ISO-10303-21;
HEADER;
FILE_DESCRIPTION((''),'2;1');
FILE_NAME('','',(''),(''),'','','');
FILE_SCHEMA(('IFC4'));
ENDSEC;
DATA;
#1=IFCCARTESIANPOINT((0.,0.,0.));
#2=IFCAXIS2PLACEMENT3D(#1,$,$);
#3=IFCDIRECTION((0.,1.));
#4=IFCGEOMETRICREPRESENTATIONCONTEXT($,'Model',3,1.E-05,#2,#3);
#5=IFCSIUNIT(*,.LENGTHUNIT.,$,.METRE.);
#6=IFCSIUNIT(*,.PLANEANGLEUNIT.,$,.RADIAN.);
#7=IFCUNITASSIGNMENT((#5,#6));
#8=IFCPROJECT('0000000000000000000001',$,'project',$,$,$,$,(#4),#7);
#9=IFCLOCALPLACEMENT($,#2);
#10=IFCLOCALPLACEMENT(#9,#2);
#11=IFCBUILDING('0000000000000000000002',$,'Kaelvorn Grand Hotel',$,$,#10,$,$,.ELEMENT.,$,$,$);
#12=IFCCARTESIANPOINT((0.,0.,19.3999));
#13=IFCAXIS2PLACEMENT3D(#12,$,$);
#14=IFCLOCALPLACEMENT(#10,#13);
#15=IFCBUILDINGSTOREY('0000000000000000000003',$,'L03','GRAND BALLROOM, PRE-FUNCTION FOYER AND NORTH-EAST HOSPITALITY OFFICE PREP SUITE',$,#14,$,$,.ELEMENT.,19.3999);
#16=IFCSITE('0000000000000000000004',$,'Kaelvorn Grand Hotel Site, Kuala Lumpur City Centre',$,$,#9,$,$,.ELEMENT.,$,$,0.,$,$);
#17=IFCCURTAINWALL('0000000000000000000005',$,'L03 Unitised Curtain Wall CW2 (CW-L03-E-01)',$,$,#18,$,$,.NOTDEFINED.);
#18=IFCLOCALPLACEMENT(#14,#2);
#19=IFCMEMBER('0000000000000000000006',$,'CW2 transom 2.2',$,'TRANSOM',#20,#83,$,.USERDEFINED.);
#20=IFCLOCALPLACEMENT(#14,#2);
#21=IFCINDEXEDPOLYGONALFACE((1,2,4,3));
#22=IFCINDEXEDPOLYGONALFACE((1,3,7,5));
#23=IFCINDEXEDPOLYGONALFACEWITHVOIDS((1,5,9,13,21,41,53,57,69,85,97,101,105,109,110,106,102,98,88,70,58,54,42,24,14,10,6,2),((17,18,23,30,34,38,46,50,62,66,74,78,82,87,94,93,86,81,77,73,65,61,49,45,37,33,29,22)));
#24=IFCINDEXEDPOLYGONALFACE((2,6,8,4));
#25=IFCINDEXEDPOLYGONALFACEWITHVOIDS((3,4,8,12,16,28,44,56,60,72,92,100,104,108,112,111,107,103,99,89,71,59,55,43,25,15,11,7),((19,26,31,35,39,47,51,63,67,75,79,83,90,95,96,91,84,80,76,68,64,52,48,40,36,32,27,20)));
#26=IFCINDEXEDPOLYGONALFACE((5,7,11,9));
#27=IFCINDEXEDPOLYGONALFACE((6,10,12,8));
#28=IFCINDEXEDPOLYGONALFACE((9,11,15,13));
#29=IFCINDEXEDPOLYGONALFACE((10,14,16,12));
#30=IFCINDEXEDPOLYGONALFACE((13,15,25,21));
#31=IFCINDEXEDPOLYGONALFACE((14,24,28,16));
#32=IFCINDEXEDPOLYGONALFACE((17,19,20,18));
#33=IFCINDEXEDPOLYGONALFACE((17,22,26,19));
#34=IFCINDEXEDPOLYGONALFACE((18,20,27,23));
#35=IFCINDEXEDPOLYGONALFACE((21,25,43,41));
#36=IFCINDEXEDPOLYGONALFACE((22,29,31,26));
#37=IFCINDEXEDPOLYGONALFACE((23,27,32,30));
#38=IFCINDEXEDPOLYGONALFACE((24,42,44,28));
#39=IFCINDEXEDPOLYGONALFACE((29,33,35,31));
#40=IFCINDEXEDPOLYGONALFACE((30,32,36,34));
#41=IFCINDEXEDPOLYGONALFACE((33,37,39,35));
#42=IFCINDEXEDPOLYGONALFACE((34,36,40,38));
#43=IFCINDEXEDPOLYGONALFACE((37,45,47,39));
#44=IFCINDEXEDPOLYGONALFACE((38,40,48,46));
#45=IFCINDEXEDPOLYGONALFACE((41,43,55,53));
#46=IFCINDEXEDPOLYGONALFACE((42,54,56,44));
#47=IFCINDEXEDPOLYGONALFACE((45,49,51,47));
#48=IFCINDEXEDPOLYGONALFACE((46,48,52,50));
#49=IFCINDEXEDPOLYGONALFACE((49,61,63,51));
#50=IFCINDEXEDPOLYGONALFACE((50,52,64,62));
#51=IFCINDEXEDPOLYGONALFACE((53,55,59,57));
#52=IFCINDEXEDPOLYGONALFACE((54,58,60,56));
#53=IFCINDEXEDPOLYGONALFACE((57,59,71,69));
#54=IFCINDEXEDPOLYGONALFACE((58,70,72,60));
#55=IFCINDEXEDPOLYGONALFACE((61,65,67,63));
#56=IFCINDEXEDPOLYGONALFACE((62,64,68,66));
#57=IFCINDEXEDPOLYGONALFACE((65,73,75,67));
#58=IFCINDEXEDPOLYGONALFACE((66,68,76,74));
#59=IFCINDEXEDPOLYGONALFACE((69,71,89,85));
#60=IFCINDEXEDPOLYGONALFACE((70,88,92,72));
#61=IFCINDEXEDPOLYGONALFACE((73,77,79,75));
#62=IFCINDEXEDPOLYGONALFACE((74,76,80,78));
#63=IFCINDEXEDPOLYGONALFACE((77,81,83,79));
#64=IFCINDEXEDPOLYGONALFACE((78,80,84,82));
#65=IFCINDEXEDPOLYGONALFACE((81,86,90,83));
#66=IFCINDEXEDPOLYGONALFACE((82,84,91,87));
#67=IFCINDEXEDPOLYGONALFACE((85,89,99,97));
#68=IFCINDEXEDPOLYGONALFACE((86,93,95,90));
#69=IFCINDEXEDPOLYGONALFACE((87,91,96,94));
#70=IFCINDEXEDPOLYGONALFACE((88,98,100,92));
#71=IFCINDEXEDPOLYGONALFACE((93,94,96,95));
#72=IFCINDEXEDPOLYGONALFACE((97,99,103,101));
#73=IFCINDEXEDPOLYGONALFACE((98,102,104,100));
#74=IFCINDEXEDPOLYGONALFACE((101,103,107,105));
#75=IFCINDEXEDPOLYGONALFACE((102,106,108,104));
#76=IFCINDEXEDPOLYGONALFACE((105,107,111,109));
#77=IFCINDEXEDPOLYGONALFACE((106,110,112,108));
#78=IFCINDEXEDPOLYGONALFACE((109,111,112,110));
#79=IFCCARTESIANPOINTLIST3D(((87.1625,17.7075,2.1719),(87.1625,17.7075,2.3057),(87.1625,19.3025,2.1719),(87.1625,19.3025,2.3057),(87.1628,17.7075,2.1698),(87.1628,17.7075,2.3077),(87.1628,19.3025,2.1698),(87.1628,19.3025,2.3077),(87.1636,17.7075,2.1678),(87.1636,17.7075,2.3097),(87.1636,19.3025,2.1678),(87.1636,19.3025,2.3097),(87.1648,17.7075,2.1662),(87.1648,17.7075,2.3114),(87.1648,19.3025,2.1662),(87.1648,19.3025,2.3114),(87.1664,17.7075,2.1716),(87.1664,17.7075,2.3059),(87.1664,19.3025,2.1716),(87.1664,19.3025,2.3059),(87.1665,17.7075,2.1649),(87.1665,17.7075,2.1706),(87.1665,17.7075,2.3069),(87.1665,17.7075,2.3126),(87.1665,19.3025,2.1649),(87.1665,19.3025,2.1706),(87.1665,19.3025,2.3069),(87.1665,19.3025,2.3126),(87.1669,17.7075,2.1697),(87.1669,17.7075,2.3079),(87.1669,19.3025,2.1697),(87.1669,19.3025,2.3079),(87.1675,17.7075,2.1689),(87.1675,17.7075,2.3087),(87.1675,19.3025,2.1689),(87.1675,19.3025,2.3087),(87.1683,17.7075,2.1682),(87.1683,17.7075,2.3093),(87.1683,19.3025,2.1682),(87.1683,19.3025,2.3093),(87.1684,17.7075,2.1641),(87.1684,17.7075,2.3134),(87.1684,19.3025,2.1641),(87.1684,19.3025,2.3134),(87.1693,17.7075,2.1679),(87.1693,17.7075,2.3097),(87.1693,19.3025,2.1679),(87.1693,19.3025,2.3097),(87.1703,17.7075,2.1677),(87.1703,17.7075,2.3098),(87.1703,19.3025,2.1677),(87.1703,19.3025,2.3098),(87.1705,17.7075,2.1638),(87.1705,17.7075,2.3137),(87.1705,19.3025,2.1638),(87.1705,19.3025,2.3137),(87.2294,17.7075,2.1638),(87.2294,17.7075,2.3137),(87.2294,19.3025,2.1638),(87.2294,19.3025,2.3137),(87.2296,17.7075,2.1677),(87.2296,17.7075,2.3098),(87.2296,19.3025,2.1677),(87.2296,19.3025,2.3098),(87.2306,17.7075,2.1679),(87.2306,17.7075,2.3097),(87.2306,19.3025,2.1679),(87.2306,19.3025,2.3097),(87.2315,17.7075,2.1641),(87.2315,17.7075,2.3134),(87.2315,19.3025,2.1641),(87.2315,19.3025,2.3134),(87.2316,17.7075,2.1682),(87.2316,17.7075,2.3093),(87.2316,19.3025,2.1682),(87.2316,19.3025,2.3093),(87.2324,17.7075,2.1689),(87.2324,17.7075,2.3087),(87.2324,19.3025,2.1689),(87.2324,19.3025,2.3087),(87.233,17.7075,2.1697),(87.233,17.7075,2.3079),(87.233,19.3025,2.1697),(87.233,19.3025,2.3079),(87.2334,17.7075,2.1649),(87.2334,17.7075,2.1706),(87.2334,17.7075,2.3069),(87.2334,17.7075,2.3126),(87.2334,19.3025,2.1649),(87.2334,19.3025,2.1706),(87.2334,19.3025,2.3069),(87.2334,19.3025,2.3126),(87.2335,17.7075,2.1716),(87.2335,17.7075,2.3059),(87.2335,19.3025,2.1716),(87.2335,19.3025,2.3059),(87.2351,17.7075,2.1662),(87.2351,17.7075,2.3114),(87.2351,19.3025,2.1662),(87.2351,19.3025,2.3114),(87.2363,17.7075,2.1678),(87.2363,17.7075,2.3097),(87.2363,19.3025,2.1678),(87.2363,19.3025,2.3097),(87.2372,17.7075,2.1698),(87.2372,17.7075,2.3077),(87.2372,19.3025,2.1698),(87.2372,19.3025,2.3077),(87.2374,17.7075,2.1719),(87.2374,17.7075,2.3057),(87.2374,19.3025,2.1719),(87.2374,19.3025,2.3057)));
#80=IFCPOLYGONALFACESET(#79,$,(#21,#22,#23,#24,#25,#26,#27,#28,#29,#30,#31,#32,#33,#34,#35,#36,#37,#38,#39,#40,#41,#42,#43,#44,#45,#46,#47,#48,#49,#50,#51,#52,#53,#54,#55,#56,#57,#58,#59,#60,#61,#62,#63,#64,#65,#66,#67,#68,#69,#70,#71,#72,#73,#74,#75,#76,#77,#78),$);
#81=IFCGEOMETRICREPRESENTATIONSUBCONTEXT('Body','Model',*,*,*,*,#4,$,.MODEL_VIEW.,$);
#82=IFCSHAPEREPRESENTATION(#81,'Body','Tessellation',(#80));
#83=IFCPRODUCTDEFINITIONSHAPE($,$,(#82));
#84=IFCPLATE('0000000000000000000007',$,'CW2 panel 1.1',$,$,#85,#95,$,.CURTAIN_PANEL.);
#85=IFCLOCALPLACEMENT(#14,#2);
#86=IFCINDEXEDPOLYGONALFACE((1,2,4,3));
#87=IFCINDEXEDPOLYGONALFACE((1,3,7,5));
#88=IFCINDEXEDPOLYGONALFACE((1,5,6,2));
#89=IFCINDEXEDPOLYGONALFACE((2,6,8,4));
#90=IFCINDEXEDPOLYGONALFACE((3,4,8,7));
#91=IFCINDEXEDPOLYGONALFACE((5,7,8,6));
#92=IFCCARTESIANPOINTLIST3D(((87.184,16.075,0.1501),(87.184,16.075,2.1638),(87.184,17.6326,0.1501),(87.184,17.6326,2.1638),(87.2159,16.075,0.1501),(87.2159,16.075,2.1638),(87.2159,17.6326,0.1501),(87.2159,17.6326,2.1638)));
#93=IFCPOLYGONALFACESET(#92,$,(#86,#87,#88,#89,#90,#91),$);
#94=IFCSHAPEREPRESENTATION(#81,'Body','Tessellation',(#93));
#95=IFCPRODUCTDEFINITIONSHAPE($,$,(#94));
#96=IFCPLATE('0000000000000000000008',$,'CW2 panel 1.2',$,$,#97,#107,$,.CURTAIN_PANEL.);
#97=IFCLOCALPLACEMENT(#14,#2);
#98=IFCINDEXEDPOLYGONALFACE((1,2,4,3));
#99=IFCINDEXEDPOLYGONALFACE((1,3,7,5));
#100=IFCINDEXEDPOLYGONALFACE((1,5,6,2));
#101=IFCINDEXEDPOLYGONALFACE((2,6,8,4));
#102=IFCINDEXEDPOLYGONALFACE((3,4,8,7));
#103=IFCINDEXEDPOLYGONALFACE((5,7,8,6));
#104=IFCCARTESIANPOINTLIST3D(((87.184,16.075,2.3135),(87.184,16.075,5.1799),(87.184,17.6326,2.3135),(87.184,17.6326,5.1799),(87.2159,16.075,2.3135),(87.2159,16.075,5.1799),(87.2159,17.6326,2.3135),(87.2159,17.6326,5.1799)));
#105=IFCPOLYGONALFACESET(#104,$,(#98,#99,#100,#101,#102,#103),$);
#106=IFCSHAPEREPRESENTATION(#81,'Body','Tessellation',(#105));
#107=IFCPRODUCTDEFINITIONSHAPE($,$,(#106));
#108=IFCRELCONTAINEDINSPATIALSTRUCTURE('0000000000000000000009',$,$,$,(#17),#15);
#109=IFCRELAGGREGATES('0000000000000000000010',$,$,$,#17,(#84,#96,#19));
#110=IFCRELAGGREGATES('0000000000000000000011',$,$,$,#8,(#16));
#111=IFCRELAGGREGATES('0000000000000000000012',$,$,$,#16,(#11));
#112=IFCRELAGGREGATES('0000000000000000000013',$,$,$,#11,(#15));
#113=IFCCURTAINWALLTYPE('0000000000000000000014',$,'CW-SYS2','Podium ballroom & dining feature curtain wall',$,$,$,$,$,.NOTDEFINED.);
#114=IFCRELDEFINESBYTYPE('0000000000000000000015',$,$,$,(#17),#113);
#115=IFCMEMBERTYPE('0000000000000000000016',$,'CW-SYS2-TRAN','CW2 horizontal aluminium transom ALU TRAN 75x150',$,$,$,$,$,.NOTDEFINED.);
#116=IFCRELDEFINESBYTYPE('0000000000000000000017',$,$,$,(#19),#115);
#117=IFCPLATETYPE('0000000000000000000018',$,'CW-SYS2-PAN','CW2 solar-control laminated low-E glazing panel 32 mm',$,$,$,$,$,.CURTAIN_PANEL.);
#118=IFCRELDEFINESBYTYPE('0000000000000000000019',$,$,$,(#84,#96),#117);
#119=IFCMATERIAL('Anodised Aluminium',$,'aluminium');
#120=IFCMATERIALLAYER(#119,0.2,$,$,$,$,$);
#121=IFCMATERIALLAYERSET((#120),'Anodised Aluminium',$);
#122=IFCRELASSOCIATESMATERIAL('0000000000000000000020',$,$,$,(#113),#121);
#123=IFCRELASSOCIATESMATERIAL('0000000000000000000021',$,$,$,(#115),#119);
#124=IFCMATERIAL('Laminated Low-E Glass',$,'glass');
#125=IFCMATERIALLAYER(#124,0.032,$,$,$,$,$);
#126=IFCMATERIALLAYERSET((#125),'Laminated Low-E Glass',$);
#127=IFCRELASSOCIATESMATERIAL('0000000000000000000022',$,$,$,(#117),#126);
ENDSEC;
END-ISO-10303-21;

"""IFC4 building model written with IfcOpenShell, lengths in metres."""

from ifc_helpers import new_model, si_unit, direction, frame, origin, origin_2d, place, context, subcontext, project, spatial, rectangle, hollow_rectangle, extrude, material, layer, layer_set, material_profile, profile_set, type_object, element, aggregate, save


model = new_model("IFC4")

# Units and contexts
model_context = context("Model", 3, precision=1e-05, world=origin(), true_north=direction((0.0, 1.0)))
body_context = subcontext(model_context, "Body", "Model", "MODEL_VIEW")
ifc_project = project(units=[si_unit("LENGTHUNIT", "METRE"), si_unit("PLANEANGLEUNIT", "RADIAN")], contexts=[model_context])

# Site, building, storey
site_placement = place(None, origin())
site = spatial("IfcSite", under=ifc_project, at=site_placement, Name="Kaelvorn Grand Hotel Site, Kuala Lumpur City Centre", CompositionType="ELEMENT", RefElevation=0.0)
building_placement = place(site_placement, origin())
building = spatial("IfcBuilding", under=site, at=building_placement, Name="Kaelvorn Grand Hotel", CompositionType="ELEMENT")
storey_placement = place(building_placement, frame((0.0, 0.0, 19.3999)))
storey = spatial("IfcBuildingStorey", under=building, at=storey_placement, Name="L03", Description="GRAND BALLROOM, PRE-FUNCTION FOYER AND NORTH-EAST HOSPITALITY OFFICE PREP SUITE", CompositionType="ELEMENT", Elevation=19.3999)

# Curtain wall, member, plates
ifc_material_1 = material(Name="Anodised Aluminium", Category="aluminium")
ifc_layer_1 = layer(ifc_material_1, 0.2)
ifc_layer_set_1 = layer_set([ifc_layer_1], Name="Anodised Aluminium")
curtain_wall_type = type_object("IfcCurtainWallType", Name="CW-SYS2", Description="Podium ballroom & dining feature curtain wall", PredefinedType="NOTDEFINED", material=ifc_layer_set_1)
curtain_wall_placement = place(storey_placement, origin())
curtain_wall = element("IfcCurtainWall", 1, at=curtain_wall_placement, inside=storey, type_object=curtain_wall_type, Name="L03 Unitised Curtain Wall CW2 (CW-L03-E-01)", PredefinedType="NOTDEFINED")
ifc_material_profile_1 = material_profile(ifc_material_1, hollow_rectangle(XDim=0.075, YDim=0.1499, WallThickness=0.0039, InnerFilletRadius=0.0039, OuterFilletRadius=0.0081, at=origin_2d()), Name="ALU TRAN 75x150")
ifc_profile_set_1 = profile_set([ifc_material_profile_1], Name="Anodised Aluminium")
member_type_1 = type_object("IfcMemberType", Name="CW-SYS2-TRAN", Description="CW2 horizontal aluminium transom ALU TRAN 75x150", PredefinedType="NOTDEFINED", material=ifc_profile_set_1)
member_1_placement = place(storey_placement, frame((87.2, 17.7075, 2.2388), z_axis=(0.0, 1.0, 0.0), x_axis=(-1.0, 0.0, 0.0)))
member_1 = element("IfcMember", 2, at=member_1_placement, type_object=member_type_1, Name="CW2 transom 2.2", ObjectType="TRANSOM", PredefinedType="USERDEFINED", context=body_context, shape_type="SweptSolid", body=[
    extrude(hollow_rectangle(XDim=0.075, YDim=0.1499, WallThickness=0.0039, InnerFilletRadius=0.0039, OuterFilletRadius=0.0081, at=origin_2d()), origin(), (0.0, 0.0, 1.0), 1.595),
])
ifc_material_2 = material(Name="Laminated Low-E Glass", Category="glass")
ifc_layer_2 = layer(ifc_material_2, 0.032)
ifc_layer_set_2 = layer_set([ifc_layer_2], Name="Laminated Low-E Glass")
plate_type = type_object("IfcPlateType", Name="CW-SYS2-PAN", Description="CW2 solar-control laminated low-E glazing panel 32 mm", PredefinedType="CURTAIN_PANEL", material=ifc_layer_set_2)
plate_1_placement = place(storey_placement, frame((87.2, 16.8538, 0.1501), z_axis=(0.0, 0.0, 1.0), x_axis=(0.0, 1.0, 0.0)))
plate_1 = element("IfcPlate", 3, at=plate_1_placement, type_object=plate_type, Name="CW2 panel 1.1", PredefinedType="CURTAIN_PANEL", context=body_context, shape_type="SweptSolid", body=[
    extrude(rectangle(XDim=1.5576, YDim=0.032, at=origin_2d()), origin(), (0.0, 0.0, 1.0), 2.0137),
])
plate_2_placement = place(storey_placement, frame((87.2, 16.8538, 2.3135), z_axis=(0.0, 0.0, 1.0), x_axis=(0.0, 1.0, 0.0)))
plate_2 = element("IfcPlate", 4, at=plate_2_placement, type_object=plate_type, Name="CW2 panel 1.2", PredefinedType="CURTAIN_PANEL", context=body_context, shape_type="SweptSolid", body=[
    extrude(rectangle(XDim=1.5576, YDim=0.032, at=origin_2d()), origin(), (0.0, 0.0, 1.0), 2.8665),
])
aggregate(curtain_wall, [plate_1, plate_2, member_1])

save(model, "model.ifc")
